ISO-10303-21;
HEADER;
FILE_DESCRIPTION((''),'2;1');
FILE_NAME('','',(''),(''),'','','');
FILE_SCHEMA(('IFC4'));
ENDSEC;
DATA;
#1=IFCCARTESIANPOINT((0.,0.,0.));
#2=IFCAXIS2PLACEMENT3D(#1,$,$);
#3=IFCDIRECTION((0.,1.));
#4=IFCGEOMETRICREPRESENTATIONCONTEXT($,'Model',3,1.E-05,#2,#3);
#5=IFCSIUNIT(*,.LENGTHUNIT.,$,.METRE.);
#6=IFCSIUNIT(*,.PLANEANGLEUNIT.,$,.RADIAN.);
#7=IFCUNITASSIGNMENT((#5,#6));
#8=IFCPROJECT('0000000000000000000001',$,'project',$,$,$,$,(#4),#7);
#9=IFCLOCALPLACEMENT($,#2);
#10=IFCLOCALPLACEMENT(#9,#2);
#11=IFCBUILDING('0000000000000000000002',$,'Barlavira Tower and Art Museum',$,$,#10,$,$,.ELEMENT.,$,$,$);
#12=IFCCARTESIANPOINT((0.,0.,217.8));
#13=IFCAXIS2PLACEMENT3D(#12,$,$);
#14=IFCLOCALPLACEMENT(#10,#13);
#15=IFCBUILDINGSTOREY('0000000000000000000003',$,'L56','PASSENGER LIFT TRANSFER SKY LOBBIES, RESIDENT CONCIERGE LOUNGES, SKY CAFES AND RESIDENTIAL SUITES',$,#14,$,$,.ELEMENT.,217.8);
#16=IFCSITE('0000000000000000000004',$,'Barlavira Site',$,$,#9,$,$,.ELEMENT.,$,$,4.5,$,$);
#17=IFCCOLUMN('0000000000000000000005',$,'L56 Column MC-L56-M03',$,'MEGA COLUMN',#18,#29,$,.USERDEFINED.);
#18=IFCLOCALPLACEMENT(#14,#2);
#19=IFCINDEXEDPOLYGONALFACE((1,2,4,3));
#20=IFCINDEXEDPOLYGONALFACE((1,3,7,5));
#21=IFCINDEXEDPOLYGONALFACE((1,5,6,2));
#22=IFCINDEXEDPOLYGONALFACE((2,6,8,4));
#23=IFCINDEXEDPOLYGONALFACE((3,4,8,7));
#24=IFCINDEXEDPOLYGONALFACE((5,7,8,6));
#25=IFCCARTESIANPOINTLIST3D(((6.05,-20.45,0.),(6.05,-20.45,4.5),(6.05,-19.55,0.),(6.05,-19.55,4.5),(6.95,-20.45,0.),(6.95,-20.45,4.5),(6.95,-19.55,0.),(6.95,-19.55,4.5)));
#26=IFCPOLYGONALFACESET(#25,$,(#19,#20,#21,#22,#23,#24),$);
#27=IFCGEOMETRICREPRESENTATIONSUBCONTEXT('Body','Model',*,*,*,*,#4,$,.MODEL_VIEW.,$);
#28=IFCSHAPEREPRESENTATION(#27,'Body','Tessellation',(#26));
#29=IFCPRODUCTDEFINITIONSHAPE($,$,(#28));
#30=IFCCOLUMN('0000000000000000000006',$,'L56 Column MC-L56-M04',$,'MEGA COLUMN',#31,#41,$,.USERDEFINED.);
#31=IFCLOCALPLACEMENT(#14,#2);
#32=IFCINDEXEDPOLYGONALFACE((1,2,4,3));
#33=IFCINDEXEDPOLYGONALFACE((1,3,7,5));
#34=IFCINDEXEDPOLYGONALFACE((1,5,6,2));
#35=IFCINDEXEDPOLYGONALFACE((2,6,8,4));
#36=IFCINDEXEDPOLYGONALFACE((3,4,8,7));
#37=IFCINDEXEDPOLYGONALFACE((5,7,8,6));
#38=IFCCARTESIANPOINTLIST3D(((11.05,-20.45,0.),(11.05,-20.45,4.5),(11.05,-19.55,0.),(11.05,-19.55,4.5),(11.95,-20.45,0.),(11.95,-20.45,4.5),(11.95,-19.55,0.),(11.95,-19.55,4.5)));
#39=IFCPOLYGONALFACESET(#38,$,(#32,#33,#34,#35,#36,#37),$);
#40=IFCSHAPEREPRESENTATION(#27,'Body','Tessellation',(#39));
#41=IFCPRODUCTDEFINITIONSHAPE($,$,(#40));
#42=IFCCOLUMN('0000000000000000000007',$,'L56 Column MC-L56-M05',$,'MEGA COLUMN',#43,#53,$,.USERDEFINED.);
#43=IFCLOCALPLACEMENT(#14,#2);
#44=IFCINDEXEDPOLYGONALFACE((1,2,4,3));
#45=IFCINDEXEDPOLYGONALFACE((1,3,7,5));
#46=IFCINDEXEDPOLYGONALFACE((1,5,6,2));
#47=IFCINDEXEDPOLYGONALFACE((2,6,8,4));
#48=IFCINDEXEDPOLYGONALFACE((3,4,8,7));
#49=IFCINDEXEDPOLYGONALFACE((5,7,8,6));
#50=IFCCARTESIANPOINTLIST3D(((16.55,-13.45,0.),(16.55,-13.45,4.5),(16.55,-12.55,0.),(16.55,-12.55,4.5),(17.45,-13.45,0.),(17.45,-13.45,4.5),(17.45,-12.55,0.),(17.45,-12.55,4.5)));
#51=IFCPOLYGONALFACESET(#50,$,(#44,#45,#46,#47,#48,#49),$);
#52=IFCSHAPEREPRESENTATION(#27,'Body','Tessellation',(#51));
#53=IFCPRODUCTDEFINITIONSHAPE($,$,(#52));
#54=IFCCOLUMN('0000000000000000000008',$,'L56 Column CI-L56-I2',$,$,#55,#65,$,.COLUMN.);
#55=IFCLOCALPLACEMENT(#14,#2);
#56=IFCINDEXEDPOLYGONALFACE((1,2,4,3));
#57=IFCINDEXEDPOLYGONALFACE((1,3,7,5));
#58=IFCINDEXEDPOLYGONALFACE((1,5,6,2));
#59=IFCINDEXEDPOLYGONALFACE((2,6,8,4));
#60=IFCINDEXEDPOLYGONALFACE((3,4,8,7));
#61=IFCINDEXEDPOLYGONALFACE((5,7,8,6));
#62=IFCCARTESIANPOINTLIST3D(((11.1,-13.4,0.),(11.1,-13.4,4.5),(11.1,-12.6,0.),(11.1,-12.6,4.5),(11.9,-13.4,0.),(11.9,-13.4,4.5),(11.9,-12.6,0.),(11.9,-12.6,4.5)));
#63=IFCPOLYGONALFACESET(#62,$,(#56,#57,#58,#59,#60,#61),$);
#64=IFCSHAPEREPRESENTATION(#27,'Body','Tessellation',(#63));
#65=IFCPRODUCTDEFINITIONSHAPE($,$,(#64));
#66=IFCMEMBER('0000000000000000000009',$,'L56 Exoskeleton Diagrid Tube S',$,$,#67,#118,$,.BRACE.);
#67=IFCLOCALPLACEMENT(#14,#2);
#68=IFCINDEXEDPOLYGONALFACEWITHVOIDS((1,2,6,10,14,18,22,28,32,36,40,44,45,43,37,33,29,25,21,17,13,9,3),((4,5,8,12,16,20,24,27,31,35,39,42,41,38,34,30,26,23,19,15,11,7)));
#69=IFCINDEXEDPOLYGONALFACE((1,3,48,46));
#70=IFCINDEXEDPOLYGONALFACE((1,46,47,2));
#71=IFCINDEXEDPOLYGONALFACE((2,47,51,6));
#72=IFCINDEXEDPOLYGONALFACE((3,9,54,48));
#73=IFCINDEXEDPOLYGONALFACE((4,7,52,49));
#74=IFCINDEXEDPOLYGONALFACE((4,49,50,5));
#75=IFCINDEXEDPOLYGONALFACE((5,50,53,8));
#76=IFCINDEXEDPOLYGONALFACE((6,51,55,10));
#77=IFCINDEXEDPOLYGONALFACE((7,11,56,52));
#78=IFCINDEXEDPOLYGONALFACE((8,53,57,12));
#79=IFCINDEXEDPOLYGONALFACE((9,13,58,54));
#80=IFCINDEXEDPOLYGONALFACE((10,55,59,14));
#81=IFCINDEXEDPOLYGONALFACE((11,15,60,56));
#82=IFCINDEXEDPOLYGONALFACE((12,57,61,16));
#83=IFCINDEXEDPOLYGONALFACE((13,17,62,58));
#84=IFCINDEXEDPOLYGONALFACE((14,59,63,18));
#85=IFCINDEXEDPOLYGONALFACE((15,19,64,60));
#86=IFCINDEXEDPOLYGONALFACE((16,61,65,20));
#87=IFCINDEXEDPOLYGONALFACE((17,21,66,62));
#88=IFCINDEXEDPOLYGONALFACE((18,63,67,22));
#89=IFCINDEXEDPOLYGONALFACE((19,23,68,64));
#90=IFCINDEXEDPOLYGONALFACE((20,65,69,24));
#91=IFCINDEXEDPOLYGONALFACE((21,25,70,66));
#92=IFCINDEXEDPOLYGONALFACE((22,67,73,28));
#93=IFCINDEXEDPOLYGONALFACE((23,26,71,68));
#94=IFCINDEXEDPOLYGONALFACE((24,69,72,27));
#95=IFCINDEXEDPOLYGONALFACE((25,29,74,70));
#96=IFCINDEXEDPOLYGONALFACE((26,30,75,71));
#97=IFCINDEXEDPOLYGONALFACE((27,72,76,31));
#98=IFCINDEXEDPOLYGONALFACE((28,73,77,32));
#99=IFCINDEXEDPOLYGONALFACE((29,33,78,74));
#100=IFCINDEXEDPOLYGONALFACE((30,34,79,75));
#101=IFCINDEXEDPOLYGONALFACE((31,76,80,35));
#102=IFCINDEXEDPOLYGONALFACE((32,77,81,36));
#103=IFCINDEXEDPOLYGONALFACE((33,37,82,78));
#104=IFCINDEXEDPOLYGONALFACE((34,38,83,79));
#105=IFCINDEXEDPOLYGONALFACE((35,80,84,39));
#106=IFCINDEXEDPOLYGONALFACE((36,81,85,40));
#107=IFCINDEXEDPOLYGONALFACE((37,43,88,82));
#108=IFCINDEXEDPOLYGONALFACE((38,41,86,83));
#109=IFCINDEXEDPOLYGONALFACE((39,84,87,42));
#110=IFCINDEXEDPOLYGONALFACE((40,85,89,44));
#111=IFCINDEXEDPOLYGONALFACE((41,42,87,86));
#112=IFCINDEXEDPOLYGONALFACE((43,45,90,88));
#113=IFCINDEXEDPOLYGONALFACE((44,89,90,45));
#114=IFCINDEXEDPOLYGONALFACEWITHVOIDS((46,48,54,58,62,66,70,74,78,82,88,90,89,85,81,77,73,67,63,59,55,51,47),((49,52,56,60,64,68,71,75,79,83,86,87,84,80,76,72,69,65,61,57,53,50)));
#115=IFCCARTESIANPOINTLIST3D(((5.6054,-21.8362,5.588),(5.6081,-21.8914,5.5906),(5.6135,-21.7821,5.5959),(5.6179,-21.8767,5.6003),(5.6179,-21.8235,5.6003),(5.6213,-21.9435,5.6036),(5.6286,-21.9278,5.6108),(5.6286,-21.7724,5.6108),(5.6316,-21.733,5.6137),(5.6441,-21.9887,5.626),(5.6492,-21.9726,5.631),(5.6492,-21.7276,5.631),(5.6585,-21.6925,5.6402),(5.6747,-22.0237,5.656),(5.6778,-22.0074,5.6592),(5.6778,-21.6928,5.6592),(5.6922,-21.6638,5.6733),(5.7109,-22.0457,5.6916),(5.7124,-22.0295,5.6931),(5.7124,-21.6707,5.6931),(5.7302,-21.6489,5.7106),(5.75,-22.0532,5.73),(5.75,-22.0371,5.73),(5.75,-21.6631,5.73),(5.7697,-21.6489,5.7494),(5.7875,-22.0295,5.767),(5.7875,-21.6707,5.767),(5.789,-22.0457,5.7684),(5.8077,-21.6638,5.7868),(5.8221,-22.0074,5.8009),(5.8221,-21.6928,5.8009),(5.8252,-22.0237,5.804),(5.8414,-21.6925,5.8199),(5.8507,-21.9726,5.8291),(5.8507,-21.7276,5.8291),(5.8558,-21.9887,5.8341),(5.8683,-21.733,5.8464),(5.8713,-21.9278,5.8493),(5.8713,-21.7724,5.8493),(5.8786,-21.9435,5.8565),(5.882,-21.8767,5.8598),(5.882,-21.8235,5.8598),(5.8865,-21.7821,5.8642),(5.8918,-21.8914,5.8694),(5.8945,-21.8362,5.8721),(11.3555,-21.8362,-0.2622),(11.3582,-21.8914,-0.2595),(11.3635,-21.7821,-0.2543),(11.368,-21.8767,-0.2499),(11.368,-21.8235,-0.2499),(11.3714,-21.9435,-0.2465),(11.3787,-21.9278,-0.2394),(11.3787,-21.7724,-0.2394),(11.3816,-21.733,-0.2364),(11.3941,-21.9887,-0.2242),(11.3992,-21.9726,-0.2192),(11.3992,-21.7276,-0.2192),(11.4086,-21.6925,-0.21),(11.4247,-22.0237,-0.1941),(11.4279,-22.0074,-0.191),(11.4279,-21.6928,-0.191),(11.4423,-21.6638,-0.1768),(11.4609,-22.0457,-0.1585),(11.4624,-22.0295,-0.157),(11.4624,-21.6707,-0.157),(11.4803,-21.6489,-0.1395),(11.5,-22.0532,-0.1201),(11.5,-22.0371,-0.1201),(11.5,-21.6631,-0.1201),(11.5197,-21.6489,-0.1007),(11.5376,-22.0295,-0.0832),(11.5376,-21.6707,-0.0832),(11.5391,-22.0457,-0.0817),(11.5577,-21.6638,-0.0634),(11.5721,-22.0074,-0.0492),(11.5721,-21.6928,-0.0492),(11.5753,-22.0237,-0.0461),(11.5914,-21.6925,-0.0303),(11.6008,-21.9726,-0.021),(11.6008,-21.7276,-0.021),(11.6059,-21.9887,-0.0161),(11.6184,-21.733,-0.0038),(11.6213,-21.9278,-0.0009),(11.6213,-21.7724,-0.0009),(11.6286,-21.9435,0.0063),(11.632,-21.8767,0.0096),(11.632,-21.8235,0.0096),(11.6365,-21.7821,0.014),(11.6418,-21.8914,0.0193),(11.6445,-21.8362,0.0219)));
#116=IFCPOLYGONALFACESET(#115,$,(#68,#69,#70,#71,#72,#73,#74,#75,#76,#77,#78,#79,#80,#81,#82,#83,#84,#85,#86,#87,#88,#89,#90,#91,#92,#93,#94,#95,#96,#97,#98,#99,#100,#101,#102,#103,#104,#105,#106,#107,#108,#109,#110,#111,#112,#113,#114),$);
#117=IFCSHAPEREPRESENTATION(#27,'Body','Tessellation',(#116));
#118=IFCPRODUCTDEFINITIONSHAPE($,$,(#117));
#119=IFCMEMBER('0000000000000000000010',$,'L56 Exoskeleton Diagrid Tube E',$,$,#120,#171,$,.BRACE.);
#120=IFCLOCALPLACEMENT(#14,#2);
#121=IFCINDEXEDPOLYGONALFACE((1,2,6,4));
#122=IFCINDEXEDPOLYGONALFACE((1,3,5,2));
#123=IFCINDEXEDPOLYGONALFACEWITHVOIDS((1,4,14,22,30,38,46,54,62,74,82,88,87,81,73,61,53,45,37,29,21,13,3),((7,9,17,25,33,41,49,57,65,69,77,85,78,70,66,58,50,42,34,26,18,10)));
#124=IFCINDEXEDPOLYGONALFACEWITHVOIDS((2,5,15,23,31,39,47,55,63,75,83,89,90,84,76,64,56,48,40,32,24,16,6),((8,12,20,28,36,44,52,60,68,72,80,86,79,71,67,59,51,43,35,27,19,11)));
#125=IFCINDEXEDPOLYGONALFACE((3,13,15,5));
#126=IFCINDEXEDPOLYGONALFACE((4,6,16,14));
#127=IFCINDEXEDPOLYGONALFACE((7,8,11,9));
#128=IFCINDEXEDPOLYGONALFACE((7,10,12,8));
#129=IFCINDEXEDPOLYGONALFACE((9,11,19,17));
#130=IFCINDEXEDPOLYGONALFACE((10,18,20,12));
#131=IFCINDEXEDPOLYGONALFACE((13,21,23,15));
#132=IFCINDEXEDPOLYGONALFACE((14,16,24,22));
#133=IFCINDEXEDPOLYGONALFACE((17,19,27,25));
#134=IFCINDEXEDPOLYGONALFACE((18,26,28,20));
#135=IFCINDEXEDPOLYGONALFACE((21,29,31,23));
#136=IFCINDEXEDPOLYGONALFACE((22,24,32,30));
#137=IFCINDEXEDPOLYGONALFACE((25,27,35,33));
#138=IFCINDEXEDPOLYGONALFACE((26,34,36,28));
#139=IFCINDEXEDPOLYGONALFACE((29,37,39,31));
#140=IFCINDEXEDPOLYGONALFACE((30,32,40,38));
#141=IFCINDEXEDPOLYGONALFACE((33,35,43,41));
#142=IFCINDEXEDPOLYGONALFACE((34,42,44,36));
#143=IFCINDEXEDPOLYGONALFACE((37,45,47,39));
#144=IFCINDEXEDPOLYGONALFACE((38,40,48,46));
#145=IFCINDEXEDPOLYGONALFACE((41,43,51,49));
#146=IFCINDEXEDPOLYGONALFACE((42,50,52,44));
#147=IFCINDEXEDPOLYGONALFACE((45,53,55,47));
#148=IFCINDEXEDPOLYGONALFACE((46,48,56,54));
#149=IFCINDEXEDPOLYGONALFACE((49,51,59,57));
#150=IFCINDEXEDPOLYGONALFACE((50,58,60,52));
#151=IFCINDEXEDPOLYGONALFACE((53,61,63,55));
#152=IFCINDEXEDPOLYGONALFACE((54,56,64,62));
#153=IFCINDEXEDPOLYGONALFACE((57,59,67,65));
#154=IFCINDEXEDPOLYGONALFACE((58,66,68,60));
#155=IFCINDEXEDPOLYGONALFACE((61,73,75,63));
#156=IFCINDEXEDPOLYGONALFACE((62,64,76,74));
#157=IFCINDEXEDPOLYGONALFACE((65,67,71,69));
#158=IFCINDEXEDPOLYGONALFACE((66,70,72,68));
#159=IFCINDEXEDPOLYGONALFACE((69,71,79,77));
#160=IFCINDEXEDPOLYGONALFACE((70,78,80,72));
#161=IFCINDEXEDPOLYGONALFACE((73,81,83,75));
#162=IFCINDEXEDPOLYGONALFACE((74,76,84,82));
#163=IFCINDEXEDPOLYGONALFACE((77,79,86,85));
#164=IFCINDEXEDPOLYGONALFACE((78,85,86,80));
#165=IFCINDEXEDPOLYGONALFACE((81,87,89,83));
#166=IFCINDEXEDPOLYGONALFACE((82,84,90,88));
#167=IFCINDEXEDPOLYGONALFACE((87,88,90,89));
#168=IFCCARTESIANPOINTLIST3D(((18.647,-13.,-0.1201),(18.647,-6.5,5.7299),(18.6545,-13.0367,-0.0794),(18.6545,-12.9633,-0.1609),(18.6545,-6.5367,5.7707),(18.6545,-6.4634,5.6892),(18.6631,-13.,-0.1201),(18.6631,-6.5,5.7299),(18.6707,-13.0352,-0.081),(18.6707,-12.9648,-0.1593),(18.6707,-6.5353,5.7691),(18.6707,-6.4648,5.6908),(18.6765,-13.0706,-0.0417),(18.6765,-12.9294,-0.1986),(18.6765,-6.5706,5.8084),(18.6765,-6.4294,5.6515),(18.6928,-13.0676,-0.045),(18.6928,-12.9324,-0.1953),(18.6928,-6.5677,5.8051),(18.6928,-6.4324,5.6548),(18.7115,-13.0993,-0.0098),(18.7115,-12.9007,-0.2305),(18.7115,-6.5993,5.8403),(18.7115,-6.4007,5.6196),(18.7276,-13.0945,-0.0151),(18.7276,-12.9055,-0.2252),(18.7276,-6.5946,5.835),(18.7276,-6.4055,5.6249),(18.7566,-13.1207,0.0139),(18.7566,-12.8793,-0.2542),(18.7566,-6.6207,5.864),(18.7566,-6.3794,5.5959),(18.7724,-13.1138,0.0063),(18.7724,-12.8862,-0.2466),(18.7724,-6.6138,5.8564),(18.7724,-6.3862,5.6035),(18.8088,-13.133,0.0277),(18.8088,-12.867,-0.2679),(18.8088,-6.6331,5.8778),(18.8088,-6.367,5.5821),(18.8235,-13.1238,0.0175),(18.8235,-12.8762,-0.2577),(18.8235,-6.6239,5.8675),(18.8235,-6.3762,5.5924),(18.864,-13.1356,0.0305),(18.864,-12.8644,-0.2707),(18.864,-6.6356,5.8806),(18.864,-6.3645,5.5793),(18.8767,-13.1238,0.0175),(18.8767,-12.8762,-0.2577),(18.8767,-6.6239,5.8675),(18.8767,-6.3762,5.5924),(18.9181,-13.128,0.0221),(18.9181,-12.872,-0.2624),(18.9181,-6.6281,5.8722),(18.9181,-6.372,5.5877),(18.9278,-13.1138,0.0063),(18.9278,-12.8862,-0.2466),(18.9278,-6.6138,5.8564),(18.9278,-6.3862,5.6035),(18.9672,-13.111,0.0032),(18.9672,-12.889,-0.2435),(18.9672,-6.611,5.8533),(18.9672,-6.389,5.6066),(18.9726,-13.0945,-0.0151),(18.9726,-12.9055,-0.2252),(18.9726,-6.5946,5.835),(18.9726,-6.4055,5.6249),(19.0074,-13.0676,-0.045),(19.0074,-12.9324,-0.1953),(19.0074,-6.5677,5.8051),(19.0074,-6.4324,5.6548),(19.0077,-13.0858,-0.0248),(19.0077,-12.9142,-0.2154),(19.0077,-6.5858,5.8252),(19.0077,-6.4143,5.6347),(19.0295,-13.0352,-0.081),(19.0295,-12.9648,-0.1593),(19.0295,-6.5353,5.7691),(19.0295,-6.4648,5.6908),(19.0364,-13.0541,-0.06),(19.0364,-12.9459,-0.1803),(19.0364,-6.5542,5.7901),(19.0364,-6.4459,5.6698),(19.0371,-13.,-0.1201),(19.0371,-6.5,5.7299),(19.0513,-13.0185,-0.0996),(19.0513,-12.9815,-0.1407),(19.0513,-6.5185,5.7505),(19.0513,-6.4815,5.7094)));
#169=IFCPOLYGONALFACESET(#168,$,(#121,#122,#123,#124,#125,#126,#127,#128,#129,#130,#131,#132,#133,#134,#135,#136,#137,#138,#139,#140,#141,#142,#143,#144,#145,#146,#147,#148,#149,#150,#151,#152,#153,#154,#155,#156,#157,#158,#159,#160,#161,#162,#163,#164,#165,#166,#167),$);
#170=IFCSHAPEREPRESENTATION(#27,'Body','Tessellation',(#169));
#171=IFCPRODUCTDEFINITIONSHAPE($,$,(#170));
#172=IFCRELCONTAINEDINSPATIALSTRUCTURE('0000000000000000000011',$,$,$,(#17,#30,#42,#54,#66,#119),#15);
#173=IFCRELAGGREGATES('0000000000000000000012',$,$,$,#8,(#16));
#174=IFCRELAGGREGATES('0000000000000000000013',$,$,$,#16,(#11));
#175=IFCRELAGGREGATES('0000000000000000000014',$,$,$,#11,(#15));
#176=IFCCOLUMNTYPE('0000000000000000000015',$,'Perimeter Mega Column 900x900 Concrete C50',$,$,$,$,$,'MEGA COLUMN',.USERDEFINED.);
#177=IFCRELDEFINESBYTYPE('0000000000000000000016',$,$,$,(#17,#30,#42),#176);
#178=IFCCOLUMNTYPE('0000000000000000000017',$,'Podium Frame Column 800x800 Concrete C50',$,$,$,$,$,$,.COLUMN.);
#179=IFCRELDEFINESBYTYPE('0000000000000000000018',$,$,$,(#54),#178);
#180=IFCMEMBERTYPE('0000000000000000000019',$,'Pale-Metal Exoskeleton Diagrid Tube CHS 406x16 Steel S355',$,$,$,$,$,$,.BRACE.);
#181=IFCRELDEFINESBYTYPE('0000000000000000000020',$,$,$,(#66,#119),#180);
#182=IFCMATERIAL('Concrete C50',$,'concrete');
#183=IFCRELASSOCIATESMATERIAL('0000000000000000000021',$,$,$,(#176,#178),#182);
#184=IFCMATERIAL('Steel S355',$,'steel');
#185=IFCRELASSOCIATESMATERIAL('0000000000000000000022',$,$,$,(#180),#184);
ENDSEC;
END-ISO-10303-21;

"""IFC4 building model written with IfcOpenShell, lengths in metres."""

from ifc_helpers import new_model, si_unit, direction, frame, origin, origin_2d, place, context, subcontext, project, spatial, rectangle, hollow_circle, extrude, material, material_profile, profile_set, type_object, element, save


model = new_model("IFC4")

# Units and contexts
model_context = context("Model", 3, precision=1e-05, world=origin(), true_north=direction((0.0, 1.0)))
body_context = subcontext(model_context, "Body", "Model", "MODEL_VIEW")
ifc_project = project(units=[si_unit("LENGTHUNIT", "METRE"), si_unit("PLANEANGLEUNIT", "RADIAN")], contexts=[model_context])

# Site, building, storey
site_placement = place(None, origin())
site = spatial("IfcSite", under=ifc_project, at=site_placement, Name="Barlavira Site", CompositionType="ELEMENT", RefElevation=4.5)
building_placement = place(site_placement, origin())
building = spatial("IfcBuilding", under=site, at=building_placement, Name="Barlavira Tower and Art Museum", CompositionType="ELEMENT")
storey_placement = place(building_placement, frame((0.0, 0.0, 217.8)))
storey = spatial("IfcBuildingStorey", under=building, at=storey_placement, Name="L56", Description="PASSENGER LIFT TRANSFER SKY LOBBIES, RESIDENT CONCIERGE LOUNGES, SKY CAFES AND RESIDENTIAL SUITES", CompositionType="ELEMENT", Elevation=217.8)

# Columns
ifc_material_1 = material(Name="Concrete C50", Category="concrete")
ifc_material_profile_1 = material_profile(ifc_material_1, rectangle(XDim=0.8999, YDim=0.8999, at=origin_2d()), Name="RC-COL 900x900")
ifc_profile_set_1 = profile_set([ifc_material_profile_1], Name="Concrete C50")
column_type_1 = type_object("IfcColumnType", Name="Perimeter Mega Column 900x900 Concrete C50", ElementType="MEGA COLUMN", PredefinedType="USERDEFINED", material=ifc_profile_set_1)
for number, where, z_axis, x_axis, name in (
    (1, (6.5, -20.0, 0.0), (0.0, 0.0, 1.0), (1.0, 0.0, 0.0), "L56 Column MC-L56-M03"),
    (2, (11.5, -20.0, 0.0), (0.0, 0.0, 1.0), (1.0, 0.0, 0.0), "L56 Column MC-L56-M04"),
    (3, (17.0, -13.0, 0.0), (0.0, 0.0, 1.0), (1.0, 0.0, 0.0), "L56 Column MC-L56-M05"),
):
    element("IfcColumn", number, at=place(storey_placement, frame(where, z_axis=z_axis, x_axis=x_axis)), inside=storey, type_object=column_type_1, Name=name, ObjectType="MEGA COLUMN", PredefinedType="USERDEFINED", context=body_context, shape_type="SweptSolid", body=[
        extrude(rectangle(XDim=0.8999, YDim=0.8999, at=origin_2d()), origin(), (0.0, 0.0, 1.0), 4.5),
    ])
ifc_material_profile_2 = material_profile(ifc_material_1, rectangle(XDim=0.8, YDim=0.8, at=origin_2d()), Name="RC-COL 800x800")
ifc_profile_set_2 = profile_set([ifc_material_profile_2], Name="Concrete C50")
column_type_2 = type_object("IfcColumnType", Name="Podium Frame Column 800x800 Concrete C50", PredefinedType="COLUMN", material=ifc_profile_set_2)
column_placement = place(storey_placement, frame((11.5, -13.0, 0.0), z_axis=(0.0, 0.0, 1.0), x_axis=(1.0, 0.0, 0.0)))
element("IfcColumn", 4, at=column_placement, inside=storey, type_object=column_type_2, Name="L56 Column CI-L56-I2", PredefinedType="COLUMN", context=body_context, shape_type="SweptSolid", body=[
    extrude(rectangle(XDim=0.8, YDim=0.8, at=origin_2d()), origin(), (0.0, 0.0, 1.0), 4.5),
])

# Members
ifc_material_2 = material(Name="Steel S355", Category="steel")
ifc_material_profile_3 = material_profile(ifc_material_2, hollow_circle(Radius=0.2031, WallThickness=0.0161, at=origin_2d()), Name="CHS 406.4x16.0")
ifc_profile_set_3 = profile_set([ifc_material_profile_3], Name="Steel S355")
member_type_1 = type_object("IfcMemberType", Name="Pale-Metal Exoskeleton Diagrid Tube CHS 406x16 Steel S355", PredefinedType="BRACE", material=ifc_profile_set_3)
member_1_placement = place(storey_placement, frame((11.5, -21.8501, -0.1201), z_axis=(-0.700979, 0.0, 0.713182), x_axis=(0.0, -1.0, 0.0)))
element("IfcMember", 5, at=member_1_placement, inside=storey, type_object=member_type_1, Name="L56 Exoskeleton Diagrid Tube S", PredefinedType="BRACE", context=body_context, shape_type="SweptSolid", body=[
    extrude(hollow_circle(Radius=0.2031, WallThickness=0.0161, at=origin_2d()), origin(), (0.0, 0.0, 1.0), 8.2029),
])
member_2_placement = place(storey_placement, frame((18.8501, -13.0, -0.1201), z_axis=(0.0, 0.743289, 0.668971), x_axis=(-1.0, 0.0, 0.0)))
element("IfcMember", 6, at=member_2_placement, inside=storey, type_object=member_type_1, Name="L56 Exoskeleton Diagrid Tube E", PredefinedType="BRACE", context=body_context, shape_type="SweptSolid", body=[
    extrude(hollow_circle(Radius=0.2031, WallThickness=0.0161, at=origin_2d()), origin(), (0.0, 0.0, 1.0), 8.7449),
])

save(model, "model.ifc")
